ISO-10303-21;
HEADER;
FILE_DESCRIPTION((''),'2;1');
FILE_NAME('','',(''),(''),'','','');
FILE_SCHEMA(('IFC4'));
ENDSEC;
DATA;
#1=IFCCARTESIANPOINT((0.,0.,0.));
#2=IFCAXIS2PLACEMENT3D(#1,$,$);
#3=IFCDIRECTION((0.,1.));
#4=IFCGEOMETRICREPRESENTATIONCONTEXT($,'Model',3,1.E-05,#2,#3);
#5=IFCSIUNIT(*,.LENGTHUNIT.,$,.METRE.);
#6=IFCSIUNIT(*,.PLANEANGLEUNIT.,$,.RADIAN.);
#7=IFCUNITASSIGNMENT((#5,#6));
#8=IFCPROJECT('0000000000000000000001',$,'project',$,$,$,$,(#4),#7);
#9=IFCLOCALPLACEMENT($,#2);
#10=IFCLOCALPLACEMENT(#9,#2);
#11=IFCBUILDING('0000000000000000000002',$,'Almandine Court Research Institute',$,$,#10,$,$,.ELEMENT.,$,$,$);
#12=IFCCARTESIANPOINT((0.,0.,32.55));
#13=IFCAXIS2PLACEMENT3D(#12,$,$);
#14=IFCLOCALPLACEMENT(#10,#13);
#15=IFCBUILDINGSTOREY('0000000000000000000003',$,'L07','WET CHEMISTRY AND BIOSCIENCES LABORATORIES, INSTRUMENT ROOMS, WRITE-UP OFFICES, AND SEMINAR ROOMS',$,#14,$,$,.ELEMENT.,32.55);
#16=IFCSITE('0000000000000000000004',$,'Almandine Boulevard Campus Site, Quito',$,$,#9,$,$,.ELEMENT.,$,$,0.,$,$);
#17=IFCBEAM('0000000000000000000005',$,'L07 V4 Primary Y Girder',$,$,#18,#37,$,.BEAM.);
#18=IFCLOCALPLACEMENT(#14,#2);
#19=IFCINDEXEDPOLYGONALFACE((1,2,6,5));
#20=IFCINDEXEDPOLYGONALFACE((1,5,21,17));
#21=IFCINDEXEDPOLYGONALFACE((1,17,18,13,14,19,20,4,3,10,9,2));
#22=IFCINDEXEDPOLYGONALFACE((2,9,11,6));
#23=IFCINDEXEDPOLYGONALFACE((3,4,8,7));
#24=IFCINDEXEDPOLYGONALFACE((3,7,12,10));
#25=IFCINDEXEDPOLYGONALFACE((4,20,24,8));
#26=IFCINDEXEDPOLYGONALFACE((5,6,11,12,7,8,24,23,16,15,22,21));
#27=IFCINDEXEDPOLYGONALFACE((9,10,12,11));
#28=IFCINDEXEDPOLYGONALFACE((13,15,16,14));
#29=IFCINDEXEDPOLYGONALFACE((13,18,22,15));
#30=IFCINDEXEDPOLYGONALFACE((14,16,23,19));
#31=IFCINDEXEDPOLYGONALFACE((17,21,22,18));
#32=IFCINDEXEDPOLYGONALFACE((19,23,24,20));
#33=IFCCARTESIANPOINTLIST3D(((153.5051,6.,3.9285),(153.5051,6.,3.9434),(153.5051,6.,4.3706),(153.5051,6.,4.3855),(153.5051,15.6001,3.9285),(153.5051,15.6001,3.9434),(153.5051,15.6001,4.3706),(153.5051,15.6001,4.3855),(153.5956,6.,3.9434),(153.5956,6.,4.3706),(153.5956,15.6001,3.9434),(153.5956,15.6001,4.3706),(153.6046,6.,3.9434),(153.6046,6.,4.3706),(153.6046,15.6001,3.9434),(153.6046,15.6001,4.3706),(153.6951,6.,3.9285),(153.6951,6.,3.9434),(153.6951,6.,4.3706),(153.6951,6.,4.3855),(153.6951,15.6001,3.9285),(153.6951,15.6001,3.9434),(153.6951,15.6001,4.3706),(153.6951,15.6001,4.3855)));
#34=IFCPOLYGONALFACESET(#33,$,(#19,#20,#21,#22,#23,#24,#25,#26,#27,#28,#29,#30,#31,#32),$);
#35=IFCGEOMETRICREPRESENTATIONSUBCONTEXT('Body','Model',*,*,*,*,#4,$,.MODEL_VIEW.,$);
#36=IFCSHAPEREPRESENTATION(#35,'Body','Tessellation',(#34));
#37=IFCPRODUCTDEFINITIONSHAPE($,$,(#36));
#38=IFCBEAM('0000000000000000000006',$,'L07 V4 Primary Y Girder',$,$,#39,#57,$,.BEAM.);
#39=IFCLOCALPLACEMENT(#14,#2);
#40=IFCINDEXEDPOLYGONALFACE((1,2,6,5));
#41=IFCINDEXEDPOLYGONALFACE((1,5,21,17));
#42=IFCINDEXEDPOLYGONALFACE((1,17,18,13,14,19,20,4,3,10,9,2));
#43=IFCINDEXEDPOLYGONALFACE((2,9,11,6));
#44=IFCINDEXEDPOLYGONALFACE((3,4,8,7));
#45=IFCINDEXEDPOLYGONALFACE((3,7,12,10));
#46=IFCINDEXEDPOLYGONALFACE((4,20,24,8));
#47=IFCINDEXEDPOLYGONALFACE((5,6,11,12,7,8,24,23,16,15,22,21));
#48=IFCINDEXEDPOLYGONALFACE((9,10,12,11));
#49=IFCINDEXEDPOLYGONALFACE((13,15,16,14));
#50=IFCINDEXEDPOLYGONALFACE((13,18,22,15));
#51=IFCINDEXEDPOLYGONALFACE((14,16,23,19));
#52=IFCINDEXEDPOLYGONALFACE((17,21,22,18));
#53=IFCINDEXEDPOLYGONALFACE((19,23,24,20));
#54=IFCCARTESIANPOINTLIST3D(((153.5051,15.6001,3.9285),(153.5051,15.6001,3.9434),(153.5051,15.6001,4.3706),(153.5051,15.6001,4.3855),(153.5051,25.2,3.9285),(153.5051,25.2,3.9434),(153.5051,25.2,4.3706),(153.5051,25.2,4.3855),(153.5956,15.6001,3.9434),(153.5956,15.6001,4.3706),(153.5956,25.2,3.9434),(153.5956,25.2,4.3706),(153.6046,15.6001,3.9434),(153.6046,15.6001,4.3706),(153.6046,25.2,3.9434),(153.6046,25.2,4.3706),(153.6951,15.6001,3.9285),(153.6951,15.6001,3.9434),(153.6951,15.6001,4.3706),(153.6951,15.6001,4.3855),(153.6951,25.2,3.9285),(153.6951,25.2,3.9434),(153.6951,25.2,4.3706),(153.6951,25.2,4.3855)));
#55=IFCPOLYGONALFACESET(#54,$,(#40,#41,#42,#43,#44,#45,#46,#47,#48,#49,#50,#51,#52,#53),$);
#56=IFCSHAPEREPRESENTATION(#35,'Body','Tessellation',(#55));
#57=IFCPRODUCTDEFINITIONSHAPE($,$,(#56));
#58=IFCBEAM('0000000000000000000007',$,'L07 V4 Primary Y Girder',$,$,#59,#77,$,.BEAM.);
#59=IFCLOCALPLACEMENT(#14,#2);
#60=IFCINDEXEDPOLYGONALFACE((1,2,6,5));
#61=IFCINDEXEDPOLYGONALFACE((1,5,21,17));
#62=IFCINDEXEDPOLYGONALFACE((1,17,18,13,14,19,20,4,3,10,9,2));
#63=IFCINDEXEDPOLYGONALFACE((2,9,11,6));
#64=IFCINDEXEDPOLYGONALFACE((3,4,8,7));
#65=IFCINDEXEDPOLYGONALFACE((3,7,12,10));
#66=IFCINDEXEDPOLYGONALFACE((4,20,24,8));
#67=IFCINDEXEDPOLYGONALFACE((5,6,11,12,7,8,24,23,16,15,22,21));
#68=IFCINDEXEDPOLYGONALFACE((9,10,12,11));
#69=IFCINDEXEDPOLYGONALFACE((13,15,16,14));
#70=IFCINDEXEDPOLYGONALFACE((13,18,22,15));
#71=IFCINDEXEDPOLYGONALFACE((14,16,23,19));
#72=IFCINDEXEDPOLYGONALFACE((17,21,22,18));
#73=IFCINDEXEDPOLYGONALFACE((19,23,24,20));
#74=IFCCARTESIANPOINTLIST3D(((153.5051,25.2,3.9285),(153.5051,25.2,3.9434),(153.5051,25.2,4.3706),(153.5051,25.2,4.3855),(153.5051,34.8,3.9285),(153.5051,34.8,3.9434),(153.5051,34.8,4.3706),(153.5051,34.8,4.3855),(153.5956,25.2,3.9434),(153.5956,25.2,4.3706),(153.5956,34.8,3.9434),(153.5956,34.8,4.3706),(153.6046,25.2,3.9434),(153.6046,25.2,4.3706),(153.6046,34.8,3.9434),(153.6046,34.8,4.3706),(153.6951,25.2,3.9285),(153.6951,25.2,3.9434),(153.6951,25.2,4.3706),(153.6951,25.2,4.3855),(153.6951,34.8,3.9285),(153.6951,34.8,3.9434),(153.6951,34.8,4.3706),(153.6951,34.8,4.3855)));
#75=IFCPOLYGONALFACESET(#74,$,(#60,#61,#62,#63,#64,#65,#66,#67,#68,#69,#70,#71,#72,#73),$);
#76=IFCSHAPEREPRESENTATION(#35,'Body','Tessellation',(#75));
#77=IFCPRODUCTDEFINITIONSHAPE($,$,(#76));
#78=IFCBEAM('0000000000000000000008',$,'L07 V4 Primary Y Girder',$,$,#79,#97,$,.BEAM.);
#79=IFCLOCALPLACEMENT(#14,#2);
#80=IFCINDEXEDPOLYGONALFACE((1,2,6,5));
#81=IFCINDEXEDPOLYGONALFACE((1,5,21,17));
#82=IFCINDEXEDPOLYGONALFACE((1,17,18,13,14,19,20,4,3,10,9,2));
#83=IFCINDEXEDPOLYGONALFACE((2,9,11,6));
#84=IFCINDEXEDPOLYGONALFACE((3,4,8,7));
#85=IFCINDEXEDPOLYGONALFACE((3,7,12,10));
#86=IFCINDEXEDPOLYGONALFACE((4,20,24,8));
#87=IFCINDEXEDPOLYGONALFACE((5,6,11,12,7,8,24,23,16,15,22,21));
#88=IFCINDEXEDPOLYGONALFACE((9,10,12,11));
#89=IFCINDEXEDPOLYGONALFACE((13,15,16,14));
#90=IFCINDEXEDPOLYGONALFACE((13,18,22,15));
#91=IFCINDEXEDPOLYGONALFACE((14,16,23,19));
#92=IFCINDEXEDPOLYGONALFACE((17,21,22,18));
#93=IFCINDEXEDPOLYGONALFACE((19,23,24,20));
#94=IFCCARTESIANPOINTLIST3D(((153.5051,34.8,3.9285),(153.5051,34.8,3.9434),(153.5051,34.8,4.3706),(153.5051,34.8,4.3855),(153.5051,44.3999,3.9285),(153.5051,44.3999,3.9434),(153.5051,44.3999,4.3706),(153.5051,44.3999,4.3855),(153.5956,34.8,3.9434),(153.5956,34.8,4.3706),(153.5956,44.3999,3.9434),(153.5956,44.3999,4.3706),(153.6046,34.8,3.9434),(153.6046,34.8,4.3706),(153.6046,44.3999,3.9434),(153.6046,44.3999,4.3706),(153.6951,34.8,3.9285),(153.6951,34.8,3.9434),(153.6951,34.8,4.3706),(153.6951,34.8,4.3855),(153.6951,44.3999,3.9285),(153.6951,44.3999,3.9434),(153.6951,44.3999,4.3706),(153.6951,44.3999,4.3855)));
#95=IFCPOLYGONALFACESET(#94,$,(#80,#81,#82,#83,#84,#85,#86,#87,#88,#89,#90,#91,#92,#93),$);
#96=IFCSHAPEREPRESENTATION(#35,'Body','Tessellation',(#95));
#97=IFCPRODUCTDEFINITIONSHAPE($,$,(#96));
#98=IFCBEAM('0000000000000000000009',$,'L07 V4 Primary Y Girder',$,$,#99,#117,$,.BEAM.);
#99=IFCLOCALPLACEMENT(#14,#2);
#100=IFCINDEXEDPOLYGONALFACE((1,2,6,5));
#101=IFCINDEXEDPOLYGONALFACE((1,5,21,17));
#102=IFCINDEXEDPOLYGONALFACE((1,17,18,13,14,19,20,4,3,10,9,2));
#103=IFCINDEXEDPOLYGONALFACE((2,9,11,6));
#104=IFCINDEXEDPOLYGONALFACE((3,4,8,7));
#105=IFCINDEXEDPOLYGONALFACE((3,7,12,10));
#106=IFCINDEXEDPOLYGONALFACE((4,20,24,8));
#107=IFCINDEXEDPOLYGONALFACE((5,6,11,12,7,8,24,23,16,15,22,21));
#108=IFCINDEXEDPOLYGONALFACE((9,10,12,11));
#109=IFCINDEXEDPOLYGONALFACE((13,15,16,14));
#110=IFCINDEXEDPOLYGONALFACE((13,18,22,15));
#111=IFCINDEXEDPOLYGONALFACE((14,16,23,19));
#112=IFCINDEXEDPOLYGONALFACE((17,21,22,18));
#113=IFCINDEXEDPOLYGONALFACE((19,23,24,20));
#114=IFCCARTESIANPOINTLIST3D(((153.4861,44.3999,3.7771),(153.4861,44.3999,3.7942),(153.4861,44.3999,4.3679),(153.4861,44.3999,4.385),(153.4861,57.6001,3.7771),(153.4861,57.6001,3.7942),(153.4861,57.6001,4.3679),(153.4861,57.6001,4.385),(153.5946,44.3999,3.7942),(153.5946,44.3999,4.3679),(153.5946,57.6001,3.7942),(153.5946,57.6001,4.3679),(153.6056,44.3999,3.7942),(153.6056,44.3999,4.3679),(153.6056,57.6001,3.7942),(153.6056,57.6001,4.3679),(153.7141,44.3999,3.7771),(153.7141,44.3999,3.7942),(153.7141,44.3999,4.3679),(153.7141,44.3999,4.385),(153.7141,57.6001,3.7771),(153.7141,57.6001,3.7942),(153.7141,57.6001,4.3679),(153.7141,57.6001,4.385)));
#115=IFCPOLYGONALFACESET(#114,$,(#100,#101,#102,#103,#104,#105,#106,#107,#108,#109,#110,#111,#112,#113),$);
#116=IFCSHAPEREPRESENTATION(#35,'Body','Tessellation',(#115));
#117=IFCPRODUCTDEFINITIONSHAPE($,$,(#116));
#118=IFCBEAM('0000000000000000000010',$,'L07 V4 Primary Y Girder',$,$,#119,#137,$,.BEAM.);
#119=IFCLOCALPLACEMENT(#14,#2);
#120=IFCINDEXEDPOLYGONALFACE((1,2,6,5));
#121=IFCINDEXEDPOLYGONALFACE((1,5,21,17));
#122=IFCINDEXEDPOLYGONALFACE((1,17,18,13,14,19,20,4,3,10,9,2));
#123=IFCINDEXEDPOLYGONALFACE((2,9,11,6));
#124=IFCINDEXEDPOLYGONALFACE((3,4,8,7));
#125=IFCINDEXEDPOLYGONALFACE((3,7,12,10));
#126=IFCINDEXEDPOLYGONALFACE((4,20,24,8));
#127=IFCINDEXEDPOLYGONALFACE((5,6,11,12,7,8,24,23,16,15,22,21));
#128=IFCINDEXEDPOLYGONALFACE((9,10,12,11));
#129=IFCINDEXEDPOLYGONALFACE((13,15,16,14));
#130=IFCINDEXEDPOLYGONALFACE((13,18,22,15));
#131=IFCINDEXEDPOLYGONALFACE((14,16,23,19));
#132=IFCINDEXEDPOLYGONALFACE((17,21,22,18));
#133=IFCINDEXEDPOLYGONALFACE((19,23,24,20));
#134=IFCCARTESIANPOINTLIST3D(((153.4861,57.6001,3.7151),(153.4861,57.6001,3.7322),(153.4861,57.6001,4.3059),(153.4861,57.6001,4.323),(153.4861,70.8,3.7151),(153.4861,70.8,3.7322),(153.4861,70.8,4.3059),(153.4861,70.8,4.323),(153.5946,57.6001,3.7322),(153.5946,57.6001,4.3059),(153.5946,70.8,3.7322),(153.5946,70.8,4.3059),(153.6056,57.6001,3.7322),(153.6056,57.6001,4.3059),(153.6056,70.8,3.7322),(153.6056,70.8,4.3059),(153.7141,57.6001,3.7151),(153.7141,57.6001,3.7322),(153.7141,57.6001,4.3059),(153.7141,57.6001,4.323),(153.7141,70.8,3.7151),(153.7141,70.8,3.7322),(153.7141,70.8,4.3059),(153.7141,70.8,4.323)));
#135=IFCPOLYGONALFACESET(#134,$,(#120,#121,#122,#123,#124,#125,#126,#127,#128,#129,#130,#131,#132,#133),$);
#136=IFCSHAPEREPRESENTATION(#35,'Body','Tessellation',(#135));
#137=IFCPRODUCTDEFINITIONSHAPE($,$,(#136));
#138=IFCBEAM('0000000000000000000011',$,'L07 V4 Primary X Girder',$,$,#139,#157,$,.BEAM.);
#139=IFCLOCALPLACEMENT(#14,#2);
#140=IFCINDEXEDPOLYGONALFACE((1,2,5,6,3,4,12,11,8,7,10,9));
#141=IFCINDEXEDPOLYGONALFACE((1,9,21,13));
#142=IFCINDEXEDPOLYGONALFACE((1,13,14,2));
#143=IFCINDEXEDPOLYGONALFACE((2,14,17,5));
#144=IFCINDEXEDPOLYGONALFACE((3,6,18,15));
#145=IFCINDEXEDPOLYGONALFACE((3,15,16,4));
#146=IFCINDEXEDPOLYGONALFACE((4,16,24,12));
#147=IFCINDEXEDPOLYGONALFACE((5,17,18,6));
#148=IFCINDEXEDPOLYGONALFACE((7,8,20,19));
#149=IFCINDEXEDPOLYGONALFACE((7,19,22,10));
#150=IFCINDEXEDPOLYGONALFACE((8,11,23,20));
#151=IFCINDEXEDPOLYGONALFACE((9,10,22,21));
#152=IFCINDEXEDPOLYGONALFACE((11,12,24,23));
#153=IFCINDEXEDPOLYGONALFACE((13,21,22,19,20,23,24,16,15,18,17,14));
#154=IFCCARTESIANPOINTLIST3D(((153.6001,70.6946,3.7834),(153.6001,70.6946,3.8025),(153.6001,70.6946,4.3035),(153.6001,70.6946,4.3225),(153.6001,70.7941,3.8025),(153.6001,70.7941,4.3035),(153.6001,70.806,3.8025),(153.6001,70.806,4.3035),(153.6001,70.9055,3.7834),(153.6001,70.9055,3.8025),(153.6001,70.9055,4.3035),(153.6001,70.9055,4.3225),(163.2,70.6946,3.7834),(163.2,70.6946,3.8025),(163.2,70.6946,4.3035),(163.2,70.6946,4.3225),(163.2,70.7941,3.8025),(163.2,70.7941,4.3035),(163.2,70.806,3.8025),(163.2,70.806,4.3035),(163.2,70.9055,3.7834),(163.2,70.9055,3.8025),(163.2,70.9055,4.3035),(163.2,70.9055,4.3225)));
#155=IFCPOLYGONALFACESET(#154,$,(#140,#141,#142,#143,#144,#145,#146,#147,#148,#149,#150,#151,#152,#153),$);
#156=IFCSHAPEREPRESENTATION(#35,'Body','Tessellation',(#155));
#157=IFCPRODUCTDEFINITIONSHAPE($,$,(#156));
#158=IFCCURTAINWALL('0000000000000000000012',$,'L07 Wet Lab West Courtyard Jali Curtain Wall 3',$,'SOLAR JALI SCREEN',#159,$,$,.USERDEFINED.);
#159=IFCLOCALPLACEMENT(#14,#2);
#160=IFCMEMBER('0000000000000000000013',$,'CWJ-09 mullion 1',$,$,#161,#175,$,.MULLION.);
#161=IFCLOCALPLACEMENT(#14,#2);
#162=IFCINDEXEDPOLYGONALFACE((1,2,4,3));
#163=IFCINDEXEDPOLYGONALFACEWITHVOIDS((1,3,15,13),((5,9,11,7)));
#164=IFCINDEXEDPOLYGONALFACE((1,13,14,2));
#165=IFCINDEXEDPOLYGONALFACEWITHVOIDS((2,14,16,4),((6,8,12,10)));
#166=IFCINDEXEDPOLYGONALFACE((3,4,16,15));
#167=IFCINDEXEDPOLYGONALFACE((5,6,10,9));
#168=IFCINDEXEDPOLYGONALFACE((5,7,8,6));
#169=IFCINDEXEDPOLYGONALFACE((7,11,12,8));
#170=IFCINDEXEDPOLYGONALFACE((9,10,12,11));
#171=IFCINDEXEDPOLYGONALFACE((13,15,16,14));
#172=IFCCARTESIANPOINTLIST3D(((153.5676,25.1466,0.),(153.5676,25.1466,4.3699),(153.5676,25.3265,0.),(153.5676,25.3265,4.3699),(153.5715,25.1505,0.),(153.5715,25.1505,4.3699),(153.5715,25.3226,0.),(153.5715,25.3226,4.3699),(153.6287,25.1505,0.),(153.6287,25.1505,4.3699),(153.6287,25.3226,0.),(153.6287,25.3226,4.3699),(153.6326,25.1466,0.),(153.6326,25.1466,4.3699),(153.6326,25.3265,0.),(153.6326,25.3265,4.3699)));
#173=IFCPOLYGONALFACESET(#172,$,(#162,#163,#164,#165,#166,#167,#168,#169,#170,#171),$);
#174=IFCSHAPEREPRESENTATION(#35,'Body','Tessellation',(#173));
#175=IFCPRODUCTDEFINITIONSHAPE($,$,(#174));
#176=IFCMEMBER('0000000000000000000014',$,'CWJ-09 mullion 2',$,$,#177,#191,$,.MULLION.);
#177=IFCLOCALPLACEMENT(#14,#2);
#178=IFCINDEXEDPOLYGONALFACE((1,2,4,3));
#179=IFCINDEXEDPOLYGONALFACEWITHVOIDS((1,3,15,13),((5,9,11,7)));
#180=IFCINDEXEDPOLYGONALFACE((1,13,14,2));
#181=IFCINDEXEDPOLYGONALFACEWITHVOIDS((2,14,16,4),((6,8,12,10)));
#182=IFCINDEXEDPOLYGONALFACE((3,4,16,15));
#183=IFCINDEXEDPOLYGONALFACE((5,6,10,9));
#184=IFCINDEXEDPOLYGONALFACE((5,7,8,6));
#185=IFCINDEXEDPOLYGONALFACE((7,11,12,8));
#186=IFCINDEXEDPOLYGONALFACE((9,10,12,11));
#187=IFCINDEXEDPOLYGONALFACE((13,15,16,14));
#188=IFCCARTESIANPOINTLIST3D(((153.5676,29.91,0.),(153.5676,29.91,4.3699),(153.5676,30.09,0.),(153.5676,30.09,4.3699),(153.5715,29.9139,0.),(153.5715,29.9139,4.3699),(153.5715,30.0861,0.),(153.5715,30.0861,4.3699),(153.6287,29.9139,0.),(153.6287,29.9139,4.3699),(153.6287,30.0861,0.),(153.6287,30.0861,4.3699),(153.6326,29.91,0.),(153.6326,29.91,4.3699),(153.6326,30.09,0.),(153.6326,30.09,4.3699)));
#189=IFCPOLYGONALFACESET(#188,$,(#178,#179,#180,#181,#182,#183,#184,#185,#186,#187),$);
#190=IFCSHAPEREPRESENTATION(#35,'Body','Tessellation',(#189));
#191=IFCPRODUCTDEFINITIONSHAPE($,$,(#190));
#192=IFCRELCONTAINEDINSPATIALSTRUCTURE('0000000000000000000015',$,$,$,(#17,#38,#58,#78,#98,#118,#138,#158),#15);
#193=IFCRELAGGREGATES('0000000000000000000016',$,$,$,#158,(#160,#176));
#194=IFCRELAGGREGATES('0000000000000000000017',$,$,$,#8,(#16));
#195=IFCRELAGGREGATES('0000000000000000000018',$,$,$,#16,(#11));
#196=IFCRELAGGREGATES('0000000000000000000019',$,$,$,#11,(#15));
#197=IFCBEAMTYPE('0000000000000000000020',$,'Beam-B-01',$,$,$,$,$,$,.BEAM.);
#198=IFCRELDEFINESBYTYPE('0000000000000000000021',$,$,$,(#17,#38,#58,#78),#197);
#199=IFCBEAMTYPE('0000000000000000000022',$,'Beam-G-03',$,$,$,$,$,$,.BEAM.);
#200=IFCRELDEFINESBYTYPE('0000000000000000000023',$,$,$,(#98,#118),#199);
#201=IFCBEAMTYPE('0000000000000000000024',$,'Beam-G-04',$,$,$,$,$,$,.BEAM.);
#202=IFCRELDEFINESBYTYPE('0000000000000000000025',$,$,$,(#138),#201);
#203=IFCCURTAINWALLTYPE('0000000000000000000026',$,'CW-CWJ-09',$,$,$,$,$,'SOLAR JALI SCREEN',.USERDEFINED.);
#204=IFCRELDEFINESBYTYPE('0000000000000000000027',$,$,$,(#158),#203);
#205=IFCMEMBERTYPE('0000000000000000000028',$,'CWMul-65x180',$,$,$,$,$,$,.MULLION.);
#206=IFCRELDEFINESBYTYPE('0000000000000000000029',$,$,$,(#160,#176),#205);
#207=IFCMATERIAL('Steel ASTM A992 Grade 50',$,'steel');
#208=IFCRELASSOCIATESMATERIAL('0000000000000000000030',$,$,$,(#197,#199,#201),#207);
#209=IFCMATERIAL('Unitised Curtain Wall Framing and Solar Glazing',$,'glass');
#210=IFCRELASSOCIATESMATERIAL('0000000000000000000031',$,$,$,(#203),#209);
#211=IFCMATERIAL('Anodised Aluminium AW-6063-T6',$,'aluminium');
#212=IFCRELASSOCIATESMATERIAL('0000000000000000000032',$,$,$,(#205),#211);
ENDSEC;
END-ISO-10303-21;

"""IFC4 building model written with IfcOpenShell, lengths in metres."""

from ifc_helpers import new_model, si_unit, direction, frame, origin, origin_2d, place, context, subcontext, project, spatial, hollow_rectangle, i_section, extrude, material, material_profile, profile_set, type_object, element, aggregate, save


model = new_model("IFC4")

# Units and contexts
model_context = context("Model", 3, precision=1e-05, world=origin(), true_north=direction((0.0, 1.0)))
body_context = subcontext(model_context, "Body", "Model", "MODEL_VIEW")
ifc_project = project(units=[si_unit("LENGTHUNIT", "METRE"), si_unit("PLANEANGLEUNIT", "RADIAN")], contexts=[model_context])

# Site, building, storey
site_placement = place(None, origin())
site = spatial("IfcSite", under=ifc_project, at=site_placement, Name="Almandine Boulevard Campus Site, Quito", CompositionType="ELEMENT", RefElevation=0.0)
building_placement = place(site_placement, origin())
building = spatial("IfcBuilding", under=site, at=building_placement, Name="Almandine Court Research Institute", CompositionType="ELEMENT")
storey_placement = place(building_placement, frame((0.0, 0.0, 32.55)))
storey = spatial("IfcBuildingStorey", under=building, at=storey_placement, Name="L07", Description="WET CHEMISTRY AND BIOSCIENCES LABORATORIES, INSTRUMENT ROOMS, WRITE-UP OFFICES, AND SEMINAR ROOMS", CompositionType="ELEMENT", Elevation=32.55)

# Beams
ifc_material_1 = material(Name="Steel ASTM A992 Grade 50", Category="steel")
ifc_material_profile_1 = material_profile(ifc_material_1, i_section(OverallWidth=0.1899, OverallDepth=0.457, WebThickness=0.009, FlangeThickness=0.0149, at=origin_2d()), Name="W460x74")
ifc_profile_set_1 = profile_set([ifc_material_profile_1], Name="Steel ASTM A992 Grade 50")
beam_type_1 = type_object("IfcBeamType", Name="Beam-B-01", PredefinedType="BEAM", material=ifc_profile_set_1)
beam_1_placement = place(storey_placement, frame((153.6001, 6.0, 4.157), z_axis=(0.0, 1.0, 0.0), x_axis=(-1.0, 0.0, 0.0)))
element("IfcBeam", 1, at=beam_1_placement, inside=storey, type_object=beam_type_1, Name="L07 V4 Primary Y Girder", PredefinedType="BEAM", context=body_context, shape_type="SweptSolid", body=[
    extrude(i_section(OverallWidth=0.1899, OverallDepth=0.457, WebThickness=0.009, FlangeThickness=0.0149, at=origin_2d()), origin(), (0.0, 0.0, 1.0), 9.6001),
])
beam_2_placement = place(storey_placement, frame((153.6001, 15.6001, 4.157), z_axis=(0.0, 1.0, 0.0), x_axis=(-1.0, 0.0, 0.0)))
element("IfcBeam", 2, at=beam_2_placement, inside=storey, type_object=beam_type_1, Name="L07 V4 Primary Y Girder", PredefinedType="BEAM", context=body_context, shape_type="SweptSolid", body=[
    extrude(i_section(OverallWidth=0.1899, OverallDepth=0.457, WebThickness=0.009, FlangeThickness=0.0149, at=origin_2d()), origin(), (0.0, 0.0, 1.0), 9.5999),
])
beam_3_placement = place(storey_placement, frame((153.6001, 25.2, 4.157), z_axis=(0.0, 1.0, 0.0), x_axis=(-1.0, 0.0, 0.0)))
element("IfcBeam", 3, at=beam_3_placement, inside=storey, type_object=beam_type_1, Name="L07 V4 Primary Y Girder", PredefinedType="BEAM", context=body_context, shape_type="SweptSolid", body=[
    extrude(i_section(OverallWidth=0.1899, OverallDepth=0.457, WebThickness=0.009, FlangeThickness=0.0149, at=origin_2d()), origin(), (0.0, 0.0, 1.0), 9.6001),
])
beam_4_placement = place(storey_placement, frame((153.6001, 34.8, 4.157), z_axis=(0.0, 1.0, 0.0), x_axis=(-1.0, 0.0, 0.0)))
element("IfcBeam", 4, at=beam_4_placement, inside=storey, type_object=beam_type_1, Name="L07 V4 Primary Y Girder", PredefinedType="BEAM", context=body_context, shape_type="SweptSolid", body=[
    extrude(i_section(OverallWidth=0.1899, OverallDepth=0.457, WebThickness=0.009, FlangeThickness=0.0149, at=origin_2d()), origin(), (0.0, 0.0, 1.0), 9.5999),
])
ifc_material_profile_2 = material_profile(ifc_material_1, i_section(OverallWidth=0.228, OverallDepth=0.6079, WebThickness=0.011, FlangeThickness=0.0171, at=origin_2d()), Name="W610x113")
ifc_profile_set_2 = profile_set([ifc_material_profile_2], Name="Steel ASTM A992 Grade 50")
beam_type_2 = type_object("IfcBeamType", Name="Beam-G-03", PredefinedType="BEAM", material=ifc_profile_set_2)
beam_5_placement = place(storey_placement, frame((153.6001, 44.3999, 4.0811), z_axis=(0.0, 1.0, 0.0), x_axis=(-1.0, 0.0, 0.0)))
element("IfcBeam", 5, at=beam_5_placement, inside=storey, type_object=beam_type_2, Name="L07 V4 Primary Y Girder", PredefinedType="BEAM", context=body_context, shape_type="SweptSolid", body=[
    extrude(i_section(OverallWidth=0.228, OverallDepth=0.6079, WebThickness=0.011, FlangeThickness=0.0171, at=origin_2d()), origin(), (0.0, 0.0, 1.0), 13.2002),
])
beam_6_placement = place(storey_placement, frame((153.6001, 57.6001, 4.019), z_axis=(0.0, 1.0, 0.0), x_axis=(-1.0, 0.0, 0.0)))
element("IfcBeam", 6, at=beam_6_placement, inside=storey, type_object=beam_type_2, Name="L07 V4 Primary Y Girder", PredefinedType="BEAM", context=body_context, shape_type="SweptSolid", body=[
    extrude(i_section(OverallWidth=0.228, OverallDepth=0.6079, WebThickness=0.011, FlangeThickness=0.0171, at=origin_2d()), origin(), (0.0, 0.0, 1.0), 13.2),
])
ifc_material_profile_3 = material_profile(ifc_material_1, i_section(OverallWidth=0.2109, OverallDepth=0.5391, WebThickness=0.012, FlangeThickness=0.019, at=origin_2d()), Name="W530x109")
ifc_profile_set_3 = profile_set([ifc_material_profile_3], Name="Steel ASTM A992 Grade 50")
beam_type_3 = type_object("IfcBeamType", Name="Beam-G-04", PredefinedType="BEAM", material=ifc_profile_set_3)
beam_7_placement = place(storey_placement, frame((153.6001, 70.8, 4.053), z_axis=(1.0, 0.0, 0.0), x_axis=(0.0, 1.0, 0.0)))
element("IfcBeam", 7, at=beam_7_placement, inside=storey, type_object=beam_type_3, Name="L07 V4 Primary X Girder", PredefinedType="BEAM", context=body_context, shape_type="SweptSolid", body=[
    extrude(i_section(OverallWidth=0.2109, OverallDepth=0.5391, WebThickness=0.012, FlangeThickness=0.019, at=origin_2d()), origin(), (0.0, 0.0, 1.0), 9.5999),
])

# Curtain wall, members
ifc_material_2 = material(Name="Unitised Curtain Wall Framing and Solar Glazing", Category="glass")
curtain_wall_type_1 = type_object("IfcCurtainWallType", Name="CW-CWJ-09", ElementType="SOLAR JALI SCREEN", PredefinedType="USERDEFINED", material=ifc_material_2)
curtain_wall_1_placement = place(storey_placement, origin())
curtain_wall_1 = element("IfcCurtainWall", 8, at=curtain_wall_1_placement, inside=storey, type_object=curtain_wall_type_1, Name="L07 Wet Lab West Courtyard Jali Curtain Wall 3", ObjectType="SOLAR JALI SCREEN", PredefinedType="USERDEFINED")
ifc_material_3 = material(Name="Anodised Aluminium AW-6063-T6", Category="aluminium")
ifc_material_profile_4 = material_profile(ifc_material_3, hollow_rectangle(XDim=0.0649, YDim=0.1799, WallThickness=0.0039, at=origin_2d()), Name="ALU RHS 65x180x4")
ifc_profile_set_4 = profile_set([ifc_material_profile_4], Name="Anodised Aluminium AW-6063-T6")
member_type_1 = type_object("IfcMemberType", Name="CWMul-65x180", PredefinedType="MULLION", material=ifc_profile_set_4)
member_1_placement = place(storey_placement, frame((153.6001, 25.2366, 0.0), z_axis=(0.0, 0.0, 1.0), x_axis=(-1.0, 0.0, 0.0)))
member_1 = element("IfcMember", 9, at=member_1_placement, type_object=member_type_1, Name="CWJ-09 mullion 1", PredefinedType="MULLION", context=body_context, shape_type="SweptSolid", body=[
    extrude(hollow_rectangle(XDim=0.0649, YDim=0.1799, WallThickness=0.0039, at=origin_2d()), origin(), (0.0, 0.0, 1.0), 4.3699),
])
member_2_placement = place(storey_placement, frame((153.6001, 30.0, 0.0), z_axis=(0.0, 0.0, 1.0), x_axis=(-1.0, 0.0, 0.0)))
member_2 = element("IfcMember", 10, at=member_2_placement, type_object=member_type_1, Name="CWJ-09 mullion 2", PredefinedType="MULLION", context=body_context, shape_type="SweptSolid", body=[
    extrude(hollow_rectangle(XDim=0.0649, YDim=0.1799, WallThickness=0.0039, at=origin_2d()), origin(), (0.0, 0.0, 1.0), 4.3699),
])

aggregate(curtain_wall_1, [member_1, member_2])

save(model, "model.ifc")
